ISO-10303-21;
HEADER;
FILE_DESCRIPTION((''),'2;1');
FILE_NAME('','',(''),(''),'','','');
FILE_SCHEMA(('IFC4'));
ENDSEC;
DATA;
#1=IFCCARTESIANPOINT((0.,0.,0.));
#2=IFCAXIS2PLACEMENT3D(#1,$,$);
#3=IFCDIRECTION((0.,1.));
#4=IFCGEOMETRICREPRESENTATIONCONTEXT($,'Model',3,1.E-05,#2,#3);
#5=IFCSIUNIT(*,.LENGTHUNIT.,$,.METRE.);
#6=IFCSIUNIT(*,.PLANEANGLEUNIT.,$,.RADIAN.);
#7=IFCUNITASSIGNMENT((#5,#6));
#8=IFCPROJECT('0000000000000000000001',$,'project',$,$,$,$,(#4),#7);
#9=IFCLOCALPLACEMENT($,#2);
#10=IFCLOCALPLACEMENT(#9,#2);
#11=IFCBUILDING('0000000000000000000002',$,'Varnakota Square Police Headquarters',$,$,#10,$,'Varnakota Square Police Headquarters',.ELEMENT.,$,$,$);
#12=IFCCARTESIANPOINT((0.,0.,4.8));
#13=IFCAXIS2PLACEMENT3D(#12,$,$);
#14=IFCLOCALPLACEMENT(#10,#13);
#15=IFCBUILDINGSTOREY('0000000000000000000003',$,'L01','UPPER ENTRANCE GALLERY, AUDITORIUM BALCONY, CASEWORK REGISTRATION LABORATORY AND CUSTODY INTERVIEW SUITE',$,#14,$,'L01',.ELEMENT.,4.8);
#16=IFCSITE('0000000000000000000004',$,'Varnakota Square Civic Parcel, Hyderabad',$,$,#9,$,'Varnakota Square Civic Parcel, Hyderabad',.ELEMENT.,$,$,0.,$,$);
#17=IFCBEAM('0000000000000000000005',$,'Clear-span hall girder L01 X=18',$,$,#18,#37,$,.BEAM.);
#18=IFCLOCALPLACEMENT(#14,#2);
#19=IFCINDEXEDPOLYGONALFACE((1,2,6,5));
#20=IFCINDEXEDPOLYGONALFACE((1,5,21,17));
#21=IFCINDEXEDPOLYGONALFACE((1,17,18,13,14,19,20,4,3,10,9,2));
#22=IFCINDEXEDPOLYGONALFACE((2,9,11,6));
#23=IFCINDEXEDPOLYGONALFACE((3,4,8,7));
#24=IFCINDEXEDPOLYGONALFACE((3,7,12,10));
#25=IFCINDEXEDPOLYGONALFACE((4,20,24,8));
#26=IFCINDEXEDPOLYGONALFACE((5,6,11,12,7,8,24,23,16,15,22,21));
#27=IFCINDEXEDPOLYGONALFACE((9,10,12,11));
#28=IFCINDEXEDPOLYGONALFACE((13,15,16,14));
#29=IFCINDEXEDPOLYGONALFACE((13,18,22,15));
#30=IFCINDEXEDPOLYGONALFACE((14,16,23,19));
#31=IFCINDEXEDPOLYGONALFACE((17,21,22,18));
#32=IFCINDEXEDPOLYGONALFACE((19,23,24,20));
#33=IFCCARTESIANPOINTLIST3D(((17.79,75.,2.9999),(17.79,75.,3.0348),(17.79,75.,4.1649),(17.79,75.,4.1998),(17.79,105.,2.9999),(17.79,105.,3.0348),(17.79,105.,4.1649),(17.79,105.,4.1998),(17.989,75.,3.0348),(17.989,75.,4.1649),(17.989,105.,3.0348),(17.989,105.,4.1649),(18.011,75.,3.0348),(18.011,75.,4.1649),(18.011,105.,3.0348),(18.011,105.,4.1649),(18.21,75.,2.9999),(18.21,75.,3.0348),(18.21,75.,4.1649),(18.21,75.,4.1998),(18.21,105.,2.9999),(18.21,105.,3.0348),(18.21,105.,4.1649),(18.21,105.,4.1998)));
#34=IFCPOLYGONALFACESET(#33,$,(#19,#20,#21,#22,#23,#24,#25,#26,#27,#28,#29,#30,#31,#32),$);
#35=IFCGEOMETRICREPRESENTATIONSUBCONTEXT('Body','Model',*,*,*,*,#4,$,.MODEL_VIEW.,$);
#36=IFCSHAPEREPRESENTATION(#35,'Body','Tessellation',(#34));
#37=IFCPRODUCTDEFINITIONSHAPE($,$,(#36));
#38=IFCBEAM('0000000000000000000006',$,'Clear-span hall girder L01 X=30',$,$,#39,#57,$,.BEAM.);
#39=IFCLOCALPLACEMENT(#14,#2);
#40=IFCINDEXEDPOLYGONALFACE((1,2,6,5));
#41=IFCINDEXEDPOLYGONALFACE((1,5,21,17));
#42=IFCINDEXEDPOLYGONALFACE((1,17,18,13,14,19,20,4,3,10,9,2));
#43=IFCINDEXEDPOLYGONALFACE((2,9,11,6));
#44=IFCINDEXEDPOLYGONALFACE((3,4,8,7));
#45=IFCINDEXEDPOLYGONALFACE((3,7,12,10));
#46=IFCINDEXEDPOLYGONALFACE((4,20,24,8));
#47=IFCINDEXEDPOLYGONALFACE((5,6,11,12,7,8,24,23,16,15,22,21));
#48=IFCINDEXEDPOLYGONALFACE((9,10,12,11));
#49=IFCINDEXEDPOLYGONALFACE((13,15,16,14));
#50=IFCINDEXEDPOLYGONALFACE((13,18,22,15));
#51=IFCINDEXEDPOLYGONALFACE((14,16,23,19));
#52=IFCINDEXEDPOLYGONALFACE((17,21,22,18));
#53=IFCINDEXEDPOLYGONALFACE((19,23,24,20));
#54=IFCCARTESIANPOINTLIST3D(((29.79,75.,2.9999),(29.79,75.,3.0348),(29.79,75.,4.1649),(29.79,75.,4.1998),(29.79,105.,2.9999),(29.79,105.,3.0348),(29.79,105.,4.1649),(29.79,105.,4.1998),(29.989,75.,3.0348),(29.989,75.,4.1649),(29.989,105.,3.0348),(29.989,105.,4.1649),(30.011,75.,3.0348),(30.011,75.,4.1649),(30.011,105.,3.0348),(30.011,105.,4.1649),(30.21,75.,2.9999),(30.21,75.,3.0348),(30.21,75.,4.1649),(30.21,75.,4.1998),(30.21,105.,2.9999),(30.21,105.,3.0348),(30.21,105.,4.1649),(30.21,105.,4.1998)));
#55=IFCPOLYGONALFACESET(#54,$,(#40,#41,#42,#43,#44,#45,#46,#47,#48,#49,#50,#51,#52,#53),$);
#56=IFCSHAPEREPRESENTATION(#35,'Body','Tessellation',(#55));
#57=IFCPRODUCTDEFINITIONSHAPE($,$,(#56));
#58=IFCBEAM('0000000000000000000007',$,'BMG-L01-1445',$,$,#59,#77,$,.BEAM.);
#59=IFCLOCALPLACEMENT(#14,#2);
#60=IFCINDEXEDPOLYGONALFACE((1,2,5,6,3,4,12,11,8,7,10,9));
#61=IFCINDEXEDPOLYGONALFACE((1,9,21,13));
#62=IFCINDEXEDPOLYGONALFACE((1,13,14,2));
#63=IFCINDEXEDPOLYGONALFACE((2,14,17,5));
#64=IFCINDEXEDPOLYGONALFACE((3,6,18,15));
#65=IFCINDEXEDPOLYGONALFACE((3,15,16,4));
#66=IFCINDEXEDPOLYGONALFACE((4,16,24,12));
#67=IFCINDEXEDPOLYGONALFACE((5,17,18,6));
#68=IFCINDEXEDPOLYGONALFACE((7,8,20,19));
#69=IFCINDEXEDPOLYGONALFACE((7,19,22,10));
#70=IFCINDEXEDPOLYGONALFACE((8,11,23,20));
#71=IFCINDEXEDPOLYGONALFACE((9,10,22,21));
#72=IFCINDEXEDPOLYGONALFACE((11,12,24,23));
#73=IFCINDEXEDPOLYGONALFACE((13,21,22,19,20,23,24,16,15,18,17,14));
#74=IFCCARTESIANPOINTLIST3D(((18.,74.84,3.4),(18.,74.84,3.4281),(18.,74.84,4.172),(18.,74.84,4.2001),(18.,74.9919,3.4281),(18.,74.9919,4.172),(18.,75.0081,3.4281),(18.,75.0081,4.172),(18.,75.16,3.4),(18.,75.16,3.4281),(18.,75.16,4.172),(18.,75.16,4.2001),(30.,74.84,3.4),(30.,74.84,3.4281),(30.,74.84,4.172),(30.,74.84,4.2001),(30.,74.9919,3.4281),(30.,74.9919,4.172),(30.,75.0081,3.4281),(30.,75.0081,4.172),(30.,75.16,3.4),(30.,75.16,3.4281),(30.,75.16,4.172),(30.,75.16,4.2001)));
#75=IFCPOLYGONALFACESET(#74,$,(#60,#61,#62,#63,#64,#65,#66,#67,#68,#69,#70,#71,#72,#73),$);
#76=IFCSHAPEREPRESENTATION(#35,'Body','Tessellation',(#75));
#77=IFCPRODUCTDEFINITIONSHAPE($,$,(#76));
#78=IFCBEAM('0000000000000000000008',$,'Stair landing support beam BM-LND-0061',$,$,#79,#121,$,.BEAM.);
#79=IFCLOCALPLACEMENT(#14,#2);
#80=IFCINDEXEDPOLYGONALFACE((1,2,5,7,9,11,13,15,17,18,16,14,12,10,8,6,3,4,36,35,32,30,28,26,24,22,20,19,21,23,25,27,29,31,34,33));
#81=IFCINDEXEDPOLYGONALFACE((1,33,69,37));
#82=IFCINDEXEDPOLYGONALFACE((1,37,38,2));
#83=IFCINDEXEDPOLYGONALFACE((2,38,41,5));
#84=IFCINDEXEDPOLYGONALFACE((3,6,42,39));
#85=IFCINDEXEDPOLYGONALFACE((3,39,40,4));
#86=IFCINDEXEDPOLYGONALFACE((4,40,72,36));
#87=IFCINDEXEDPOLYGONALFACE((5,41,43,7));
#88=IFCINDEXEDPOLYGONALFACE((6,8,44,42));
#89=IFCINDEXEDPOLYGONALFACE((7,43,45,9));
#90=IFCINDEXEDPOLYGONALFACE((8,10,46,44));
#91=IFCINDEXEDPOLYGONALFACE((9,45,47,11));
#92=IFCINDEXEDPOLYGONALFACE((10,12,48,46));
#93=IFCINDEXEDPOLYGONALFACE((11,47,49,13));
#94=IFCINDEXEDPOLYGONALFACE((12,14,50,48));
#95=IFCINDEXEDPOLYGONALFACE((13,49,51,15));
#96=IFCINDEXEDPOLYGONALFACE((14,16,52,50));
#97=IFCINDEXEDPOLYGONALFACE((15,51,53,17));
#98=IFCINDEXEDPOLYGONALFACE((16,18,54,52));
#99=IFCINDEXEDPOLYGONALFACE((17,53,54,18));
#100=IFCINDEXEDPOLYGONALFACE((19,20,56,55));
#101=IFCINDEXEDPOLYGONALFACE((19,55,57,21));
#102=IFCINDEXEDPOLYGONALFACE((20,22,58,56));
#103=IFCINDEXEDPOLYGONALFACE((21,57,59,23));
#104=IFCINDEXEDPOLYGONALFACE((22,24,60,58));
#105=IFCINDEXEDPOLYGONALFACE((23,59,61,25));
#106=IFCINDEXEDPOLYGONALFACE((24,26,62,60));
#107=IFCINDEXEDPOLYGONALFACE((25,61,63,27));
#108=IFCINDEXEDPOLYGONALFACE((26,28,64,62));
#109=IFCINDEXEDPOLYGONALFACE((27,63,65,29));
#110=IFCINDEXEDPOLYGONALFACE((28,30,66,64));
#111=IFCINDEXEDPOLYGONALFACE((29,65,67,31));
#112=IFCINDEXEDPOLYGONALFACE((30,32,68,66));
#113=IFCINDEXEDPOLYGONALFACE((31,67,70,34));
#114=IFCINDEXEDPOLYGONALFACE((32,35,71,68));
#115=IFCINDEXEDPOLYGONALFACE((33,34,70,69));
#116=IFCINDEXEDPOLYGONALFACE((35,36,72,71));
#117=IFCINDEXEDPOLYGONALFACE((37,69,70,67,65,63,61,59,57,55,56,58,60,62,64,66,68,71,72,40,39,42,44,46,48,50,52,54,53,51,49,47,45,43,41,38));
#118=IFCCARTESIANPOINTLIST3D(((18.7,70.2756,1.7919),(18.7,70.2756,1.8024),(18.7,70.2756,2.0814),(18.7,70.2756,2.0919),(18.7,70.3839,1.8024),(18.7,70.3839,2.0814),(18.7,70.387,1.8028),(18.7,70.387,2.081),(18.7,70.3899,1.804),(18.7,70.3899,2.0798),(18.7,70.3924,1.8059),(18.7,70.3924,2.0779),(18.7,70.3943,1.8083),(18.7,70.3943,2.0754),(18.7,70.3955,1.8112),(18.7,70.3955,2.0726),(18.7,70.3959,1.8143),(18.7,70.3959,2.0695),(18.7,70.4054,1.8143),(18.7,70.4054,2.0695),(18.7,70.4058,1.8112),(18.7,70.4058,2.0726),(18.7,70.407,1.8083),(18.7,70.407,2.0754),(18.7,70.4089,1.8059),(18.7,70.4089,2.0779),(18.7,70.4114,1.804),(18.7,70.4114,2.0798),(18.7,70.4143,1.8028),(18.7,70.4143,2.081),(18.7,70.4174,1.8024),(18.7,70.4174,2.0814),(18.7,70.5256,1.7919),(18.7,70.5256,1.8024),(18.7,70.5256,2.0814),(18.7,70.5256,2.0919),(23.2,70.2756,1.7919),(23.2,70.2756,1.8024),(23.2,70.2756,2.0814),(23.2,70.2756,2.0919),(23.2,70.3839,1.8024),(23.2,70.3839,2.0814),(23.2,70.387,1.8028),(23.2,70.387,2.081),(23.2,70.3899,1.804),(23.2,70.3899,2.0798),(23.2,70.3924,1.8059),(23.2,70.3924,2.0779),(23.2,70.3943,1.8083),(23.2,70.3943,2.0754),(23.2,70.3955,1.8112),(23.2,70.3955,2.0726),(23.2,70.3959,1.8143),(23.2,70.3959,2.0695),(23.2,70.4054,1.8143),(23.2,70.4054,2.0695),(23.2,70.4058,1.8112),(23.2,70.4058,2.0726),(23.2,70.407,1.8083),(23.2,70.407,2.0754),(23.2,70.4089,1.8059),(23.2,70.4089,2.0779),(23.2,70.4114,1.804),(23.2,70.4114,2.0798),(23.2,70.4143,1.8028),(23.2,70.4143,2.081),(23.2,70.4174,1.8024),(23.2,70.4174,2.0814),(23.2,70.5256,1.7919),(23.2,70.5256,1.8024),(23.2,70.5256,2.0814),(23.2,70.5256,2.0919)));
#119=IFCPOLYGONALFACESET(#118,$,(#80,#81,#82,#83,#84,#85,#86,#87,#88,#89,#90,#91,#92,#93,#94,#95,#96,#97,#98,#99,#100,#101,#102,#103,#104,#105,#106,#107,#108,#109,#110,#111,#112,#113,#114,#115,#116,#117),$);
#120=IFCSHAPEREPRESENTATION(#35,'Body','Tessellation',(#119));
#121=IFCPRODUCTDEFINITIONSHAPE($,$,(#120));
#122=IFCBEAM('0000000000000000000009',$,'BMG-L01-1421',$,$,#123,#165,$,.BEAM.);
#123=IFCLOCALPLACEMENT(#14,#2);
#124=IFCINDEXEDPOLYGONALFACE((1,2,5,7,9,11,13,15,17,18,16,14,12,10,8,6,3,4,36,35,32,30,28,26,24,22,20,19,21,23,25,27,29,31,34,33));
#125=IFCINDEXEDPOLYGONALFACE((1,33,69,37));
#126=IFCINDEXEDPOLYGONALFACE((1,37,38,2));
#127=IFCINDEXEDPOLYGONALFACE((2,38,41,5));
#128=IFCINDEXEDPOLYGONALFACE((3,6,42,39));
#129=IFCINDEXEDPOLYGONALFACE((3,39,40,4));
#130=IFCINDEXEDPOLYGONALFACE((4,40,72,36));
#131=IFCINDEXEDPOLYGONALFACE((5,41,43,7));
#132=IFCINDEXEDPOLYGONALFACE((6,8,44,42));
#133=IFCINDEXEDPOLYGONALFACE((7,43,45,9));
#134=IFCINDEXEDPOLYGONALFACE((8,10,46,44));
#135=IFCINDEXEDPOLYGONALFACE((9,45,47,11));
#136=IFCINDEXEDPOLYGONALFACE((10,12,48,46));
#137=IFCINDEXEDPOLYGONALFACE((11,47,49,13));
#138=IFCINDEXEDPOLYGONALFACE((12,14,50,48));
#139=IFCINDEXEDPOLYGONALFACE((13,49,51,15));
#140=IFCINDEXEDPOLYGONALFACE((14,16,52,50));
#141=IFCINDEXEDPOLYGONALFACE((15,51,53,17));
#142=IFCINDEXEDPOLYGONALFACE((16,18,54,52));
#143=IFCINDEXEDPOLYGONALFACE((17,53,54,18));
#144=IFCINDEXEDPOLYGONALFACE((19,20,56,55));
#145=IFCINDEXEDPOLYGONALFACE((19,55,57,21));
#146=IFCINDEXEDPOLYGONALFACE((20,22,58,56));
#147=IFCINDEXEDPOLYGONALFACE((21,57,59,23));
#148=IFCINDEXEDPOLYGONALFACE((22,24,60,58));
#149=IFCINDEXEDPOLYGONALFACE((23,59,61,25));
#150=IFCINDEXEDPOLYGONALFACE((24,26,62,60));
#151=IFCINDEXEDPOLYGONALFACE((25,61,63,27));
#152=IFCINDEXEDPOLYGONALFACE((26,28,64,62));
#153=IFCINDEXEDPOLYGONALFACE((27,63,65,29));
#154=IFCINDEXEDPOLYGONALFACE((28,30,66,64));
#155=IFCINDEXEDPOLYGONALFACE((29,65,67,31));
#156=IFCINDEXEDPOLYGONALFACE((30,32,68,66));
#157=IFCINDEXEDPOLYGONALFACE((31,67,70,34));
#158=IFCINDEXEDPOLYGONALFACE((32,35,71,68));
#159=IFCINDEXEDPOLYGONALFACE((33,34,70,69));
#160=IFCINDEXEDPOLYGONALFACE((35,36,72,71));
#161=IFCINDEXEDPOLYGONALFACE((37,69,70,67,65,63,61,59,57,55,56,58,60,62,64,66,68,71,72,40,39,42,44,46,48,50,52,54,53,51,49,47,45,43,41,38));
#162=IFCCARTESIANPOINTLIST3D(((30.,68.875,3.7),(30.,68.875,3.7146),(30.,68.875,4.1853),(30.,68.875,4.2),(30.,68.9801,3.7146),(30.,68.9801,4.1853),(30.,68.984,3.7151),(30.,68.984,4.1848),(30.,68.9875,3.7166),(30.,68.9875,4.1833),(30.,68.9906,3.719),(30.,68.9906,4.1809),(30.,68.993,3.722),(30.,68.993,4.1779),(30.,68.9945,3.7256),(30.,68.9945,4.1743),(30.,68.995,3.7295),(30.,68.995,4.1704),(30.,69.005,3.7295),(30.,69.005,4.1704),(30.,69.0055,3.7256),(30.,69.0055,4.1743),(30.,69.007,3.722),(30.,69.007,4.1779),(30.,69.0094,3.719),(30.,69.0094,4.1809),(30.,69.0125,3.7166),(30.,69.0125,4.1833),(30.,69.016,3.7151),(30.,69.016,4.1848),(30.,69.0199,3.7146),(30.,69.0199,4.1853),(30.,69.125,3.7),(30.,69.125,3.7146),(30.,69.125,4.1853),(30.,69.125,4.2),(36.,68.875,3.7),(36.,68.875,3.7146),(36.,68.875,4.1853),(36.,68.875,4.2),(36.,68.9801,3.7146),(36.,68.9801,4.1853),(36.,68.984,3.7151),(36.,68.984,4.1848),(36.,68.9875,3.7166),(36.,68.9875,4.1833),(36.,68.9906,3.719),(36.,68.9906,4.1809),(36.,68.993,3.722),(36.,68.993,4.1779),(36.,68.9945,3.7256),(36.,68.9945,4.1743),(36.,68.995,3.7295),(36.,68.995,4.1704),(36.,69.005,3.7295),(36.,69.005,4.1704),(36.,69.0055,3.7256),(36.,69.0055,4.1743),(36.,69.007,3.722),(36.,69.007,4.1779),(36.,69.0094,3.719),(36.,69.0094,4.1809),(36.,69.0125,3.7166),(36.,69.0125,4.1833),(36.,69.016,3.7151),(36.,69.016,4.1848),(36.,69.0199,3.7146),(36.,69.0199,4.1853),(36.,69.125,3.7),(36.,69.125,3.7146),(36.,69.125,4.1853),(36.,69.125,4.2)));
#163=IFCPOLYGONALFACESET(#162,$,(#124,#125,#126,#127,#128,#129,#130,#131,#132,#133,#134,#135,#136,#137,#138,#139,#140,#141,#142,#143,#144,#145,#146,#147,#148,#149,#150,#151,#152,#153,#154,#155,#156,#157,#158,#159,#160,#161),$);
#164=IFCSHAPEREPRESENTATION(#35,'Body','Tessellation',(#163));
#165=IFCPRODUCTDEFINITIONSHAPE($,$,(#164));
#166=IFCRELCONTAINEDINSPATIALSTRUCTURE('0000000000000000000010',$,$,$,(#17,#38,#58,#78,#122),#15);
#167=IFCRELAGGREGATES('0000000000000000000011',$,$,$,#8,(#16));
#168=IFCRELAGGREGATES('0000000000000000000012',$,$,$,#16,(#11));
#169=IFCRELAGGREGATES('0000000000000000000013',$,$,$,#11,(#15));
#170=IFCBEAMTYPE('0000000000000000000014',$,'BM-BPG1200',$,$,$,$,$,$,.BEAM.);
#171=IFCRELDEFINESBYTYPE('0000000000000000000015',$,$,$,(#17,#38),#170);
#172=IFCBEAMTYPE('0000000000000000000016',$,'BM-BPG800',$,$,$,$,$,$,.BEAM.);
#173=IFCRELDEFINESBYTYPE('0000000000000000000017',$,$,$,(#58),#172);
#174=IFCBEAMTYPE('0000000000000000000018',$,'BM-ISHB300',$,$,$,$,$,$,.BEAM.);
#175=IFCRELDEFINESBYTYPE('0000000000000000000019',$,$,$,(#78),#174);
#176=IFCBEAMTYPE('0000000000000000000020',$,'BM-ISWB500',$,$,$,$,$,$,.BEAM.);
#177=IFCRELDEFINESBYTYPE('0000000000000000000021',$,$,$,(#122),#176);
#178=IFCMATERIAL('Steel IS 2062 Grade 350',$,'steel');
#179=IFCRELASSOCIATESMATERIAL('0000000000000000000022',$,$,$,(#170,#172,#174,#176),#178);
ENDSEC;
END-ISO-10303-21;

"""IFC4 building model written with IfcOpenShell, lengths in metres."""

from ifc_helpers import new_model, si_unit, direction, frame, origin, origin_2d, place, context, subcontext, project, spatial, i_section, extrude, material, material_profile, profile_set, type_object, element, save


model = new_model("IFC4")

# Units and contexts
model_context = context("Model", 3, precision=1e-05, world=origin(), true_north=direction((0.0, 1.0)))
body_context = subcontext(model_context, "Body", "Model", "MODEL_VIEW")
ifc_project = project(units=[si_unit("LENGTHUNIT", "METRE"), si_unit("PLANEANGLEUNIT", "RADIAN")], contexts=[model_context])

# Site, building, storey
site_placement = place(None, origin())
site = spatial("IfcSite", under=ifc_project, at=site_placement, Name="Varnakota Square Civic Parcel, Hyderabad", LongName="Varnakota Square Civic Parcel, Hyderabad", CompositionType="ELEMENT", RefElevation=0.0)
building_placement = place(site_placement, origin())
building = spatial("IfcBuilding", under=site, at=building_placement, Name="Varnakota Square Police Headquarters", LongName="Varnakota Square Police Headquarters", CompositionType="ELEMENT")
storey_placement = place(building_placement, frame((0.0, 0.0, 4.8)))
storey = spatial("IfcBuildingStorey", under=building, at=storey_placement, Name="L01", Description="UPPER ENTRANCE GALLERY, AUDITORIUM BALCONY, CASEWORK REGISTRATION LABORATORY AND CUSTODY INTERVIEW SUITE", LongName="L01", CompositionType="ELEMENT", Elevation=4.8)

# Shared definitions
ifc_material_1 = material(Name="Steel IS 2062 Grade 350", Category="steel")

# Beams
ifc_material_profile_1 = material_profile(ifc_material_1, i_section(OverallWidth=0.4199, OverallDepth=1.2, WebThickness=0.022, FlangeThickness=0.0349, at=origin_2d()), Name="BPG 1200x420")
ifc_profile_set_1 = profile_set([ifc_material_profile_1], Name="Steel IS 2062 Grade 350")
beam_type_1 = type_object("IfcBeamType", Name="BM-BPG1200", PredefinedType="BEAM", material=ifc_profile_set_1)
for number, where, z_axis, x_axis, name in (
    (1, (18.0, 75.0, 3.5999), (0.0, 1.0, 0.0), (-1.0, 0.0, 0.0), "Clear-span hall girder L01 X=18"),
    (2, (30.0, 75.0, 3.5999), (0.0, 1.0, 0.0), (-1.0, 0.0, 0.0), "Clear-span hall girder L01 X=30"),
):
    element("IfcBeam", number, at=place(storey_placement, frame(where, z_axis=z_axis, x_axis=x_axis)), inside=storey, type_object=beam_type_1, Name=name, PredefinedType="BEAM", context=body_context, shape_type="SweptSolid", body=[
        extrude(i_section(OverallWidth=0.4199, OverallDepth=1.2, WebThickness=0.022, FlangeThickness=0.0349, at=origin_2d()), origin(), (0.0, 0.0, 1.0), 30.0),
    ])
ifc_material_profile_2 = material_profile(ifc_material_1, i_section(OverallWidth=0.3201, OverallDepth=0.8, WebThickness=0.0161, FlangeThickness=0.0281, at=origin_2d()), Name="BPG 800x320")
ifc_profile_set_2 = profile_set([ifc_material_profile_2], Name="Steel IS 2062 Grade 350")
beam_type_2 = type_object("IfcBeamType", Name="BM-BPG800", PredefinedType="BEAM", material=ifc_profile_set_2)
beam_1_placement = place(storey_placement, frame((18.0, 75.0, 3.8), z_axis=(1.0, 0.0, 0.0), x_axis=(0.0, 1.0, 0.0)))
element("IfcBeam", 3, at=beam_1_placement, inside=storey, type_object=beam_type_2, Name="BMG-L01-1445", PredefinedType="BEAM", context=body_context, shape_type="SweptSolid", body=[
    extrude(i_section(OverallWidth=0.3201, OverallDepth=0.8, WebThickness=0.0161, FlangeThickness=0.0281, at=origin_2d()), origin(), (0.0, 0.0, 1.0), 12.0),
])
ifc_material_profile_3 = material_profile(ifc_material_1, i_section(OverallWidth=0.25, OverallDepth=0.3, WebThickness=0.0095, FlangeThickness=0.0105, FilletRadius=0.012, at=origin_2d()), Name="ISHB 300")
ifc_profile_set_3 = profile_set([ifc_material_profile_3], Name="Steel IS 2062 Grade 350")
beam_type_3 = type_object("IfcBeamType", Name="BM-ISHB300", PredefinedType="BEAM", material=ifc_profile_set_3)
beam_2_placement = place(storey_placement, frame((18.7, 70.4006, 1.9419), z_axis=(1.0, 0.0, 0.0), x_axis=(0.0, 1.0, 0.0)))
element("IfcBeam", 4, at=beam_2_placement, inside=storey, type_object=beam_type_3, Name="Stair landing support beam BM-LND-0061", PredefinedType="BEAM", context=body_context, shape_type="SweptSolid", body=[
    extrude(i_section(OverallWidth=0.25, OverallDepth=0.3, WebThickness=0.0095, FlangeThickness=0.0105, FilletRadius=0.012, at=origin_2d()), origin(), (0.0, 0.0, 1.0), 4.5),
])
ifc_material_profile_4 = material_profile(ifc_material_1, i_section(OverallWidth=0.25, OverallDepth=0.5, WebThickness=0.01, FlangeThickness=0.0146, FilletRadius=0.0149, at=origin_2d()), Name="ISWB 500")
ifc_profile_set_4 = profile_set([ifc_material_profile_4], Name="Steel IS 2062 Grade 350")
beam_type_4 = type_object("IfcBeamType", Name="BM-ISWB500", PredefinedType="BEAM", material=ifc_profile_set_4)
for number, where, z_axis, x_axis, name in (
    (5, (30.0, 69.0, 3.95), (1.0, 0.0, 0.0), (0.0, 1.0, 0.0), "BMG-L01-1421"),
):
    element("IfcBeam", number, at=place(storey_placement, frame(where, z_axis=z_axis, x_axis=x_axis)), inside=storey, type_object=beam_type_4, Name=name, PredefinedType="BEAM", context=body_context, shape_type="SweptSolid", body=[
        extrude(i_section(OverallWidth=0.25, OverallDepth=0.5, WebThickness=0.01, FlangeThickness=0.0146, FilletRadius=0.0149, at=origin_2d()), origin(), (0.0, 0.0, 1.0), 6.0),
    ])

save(model, "model.ifc")
